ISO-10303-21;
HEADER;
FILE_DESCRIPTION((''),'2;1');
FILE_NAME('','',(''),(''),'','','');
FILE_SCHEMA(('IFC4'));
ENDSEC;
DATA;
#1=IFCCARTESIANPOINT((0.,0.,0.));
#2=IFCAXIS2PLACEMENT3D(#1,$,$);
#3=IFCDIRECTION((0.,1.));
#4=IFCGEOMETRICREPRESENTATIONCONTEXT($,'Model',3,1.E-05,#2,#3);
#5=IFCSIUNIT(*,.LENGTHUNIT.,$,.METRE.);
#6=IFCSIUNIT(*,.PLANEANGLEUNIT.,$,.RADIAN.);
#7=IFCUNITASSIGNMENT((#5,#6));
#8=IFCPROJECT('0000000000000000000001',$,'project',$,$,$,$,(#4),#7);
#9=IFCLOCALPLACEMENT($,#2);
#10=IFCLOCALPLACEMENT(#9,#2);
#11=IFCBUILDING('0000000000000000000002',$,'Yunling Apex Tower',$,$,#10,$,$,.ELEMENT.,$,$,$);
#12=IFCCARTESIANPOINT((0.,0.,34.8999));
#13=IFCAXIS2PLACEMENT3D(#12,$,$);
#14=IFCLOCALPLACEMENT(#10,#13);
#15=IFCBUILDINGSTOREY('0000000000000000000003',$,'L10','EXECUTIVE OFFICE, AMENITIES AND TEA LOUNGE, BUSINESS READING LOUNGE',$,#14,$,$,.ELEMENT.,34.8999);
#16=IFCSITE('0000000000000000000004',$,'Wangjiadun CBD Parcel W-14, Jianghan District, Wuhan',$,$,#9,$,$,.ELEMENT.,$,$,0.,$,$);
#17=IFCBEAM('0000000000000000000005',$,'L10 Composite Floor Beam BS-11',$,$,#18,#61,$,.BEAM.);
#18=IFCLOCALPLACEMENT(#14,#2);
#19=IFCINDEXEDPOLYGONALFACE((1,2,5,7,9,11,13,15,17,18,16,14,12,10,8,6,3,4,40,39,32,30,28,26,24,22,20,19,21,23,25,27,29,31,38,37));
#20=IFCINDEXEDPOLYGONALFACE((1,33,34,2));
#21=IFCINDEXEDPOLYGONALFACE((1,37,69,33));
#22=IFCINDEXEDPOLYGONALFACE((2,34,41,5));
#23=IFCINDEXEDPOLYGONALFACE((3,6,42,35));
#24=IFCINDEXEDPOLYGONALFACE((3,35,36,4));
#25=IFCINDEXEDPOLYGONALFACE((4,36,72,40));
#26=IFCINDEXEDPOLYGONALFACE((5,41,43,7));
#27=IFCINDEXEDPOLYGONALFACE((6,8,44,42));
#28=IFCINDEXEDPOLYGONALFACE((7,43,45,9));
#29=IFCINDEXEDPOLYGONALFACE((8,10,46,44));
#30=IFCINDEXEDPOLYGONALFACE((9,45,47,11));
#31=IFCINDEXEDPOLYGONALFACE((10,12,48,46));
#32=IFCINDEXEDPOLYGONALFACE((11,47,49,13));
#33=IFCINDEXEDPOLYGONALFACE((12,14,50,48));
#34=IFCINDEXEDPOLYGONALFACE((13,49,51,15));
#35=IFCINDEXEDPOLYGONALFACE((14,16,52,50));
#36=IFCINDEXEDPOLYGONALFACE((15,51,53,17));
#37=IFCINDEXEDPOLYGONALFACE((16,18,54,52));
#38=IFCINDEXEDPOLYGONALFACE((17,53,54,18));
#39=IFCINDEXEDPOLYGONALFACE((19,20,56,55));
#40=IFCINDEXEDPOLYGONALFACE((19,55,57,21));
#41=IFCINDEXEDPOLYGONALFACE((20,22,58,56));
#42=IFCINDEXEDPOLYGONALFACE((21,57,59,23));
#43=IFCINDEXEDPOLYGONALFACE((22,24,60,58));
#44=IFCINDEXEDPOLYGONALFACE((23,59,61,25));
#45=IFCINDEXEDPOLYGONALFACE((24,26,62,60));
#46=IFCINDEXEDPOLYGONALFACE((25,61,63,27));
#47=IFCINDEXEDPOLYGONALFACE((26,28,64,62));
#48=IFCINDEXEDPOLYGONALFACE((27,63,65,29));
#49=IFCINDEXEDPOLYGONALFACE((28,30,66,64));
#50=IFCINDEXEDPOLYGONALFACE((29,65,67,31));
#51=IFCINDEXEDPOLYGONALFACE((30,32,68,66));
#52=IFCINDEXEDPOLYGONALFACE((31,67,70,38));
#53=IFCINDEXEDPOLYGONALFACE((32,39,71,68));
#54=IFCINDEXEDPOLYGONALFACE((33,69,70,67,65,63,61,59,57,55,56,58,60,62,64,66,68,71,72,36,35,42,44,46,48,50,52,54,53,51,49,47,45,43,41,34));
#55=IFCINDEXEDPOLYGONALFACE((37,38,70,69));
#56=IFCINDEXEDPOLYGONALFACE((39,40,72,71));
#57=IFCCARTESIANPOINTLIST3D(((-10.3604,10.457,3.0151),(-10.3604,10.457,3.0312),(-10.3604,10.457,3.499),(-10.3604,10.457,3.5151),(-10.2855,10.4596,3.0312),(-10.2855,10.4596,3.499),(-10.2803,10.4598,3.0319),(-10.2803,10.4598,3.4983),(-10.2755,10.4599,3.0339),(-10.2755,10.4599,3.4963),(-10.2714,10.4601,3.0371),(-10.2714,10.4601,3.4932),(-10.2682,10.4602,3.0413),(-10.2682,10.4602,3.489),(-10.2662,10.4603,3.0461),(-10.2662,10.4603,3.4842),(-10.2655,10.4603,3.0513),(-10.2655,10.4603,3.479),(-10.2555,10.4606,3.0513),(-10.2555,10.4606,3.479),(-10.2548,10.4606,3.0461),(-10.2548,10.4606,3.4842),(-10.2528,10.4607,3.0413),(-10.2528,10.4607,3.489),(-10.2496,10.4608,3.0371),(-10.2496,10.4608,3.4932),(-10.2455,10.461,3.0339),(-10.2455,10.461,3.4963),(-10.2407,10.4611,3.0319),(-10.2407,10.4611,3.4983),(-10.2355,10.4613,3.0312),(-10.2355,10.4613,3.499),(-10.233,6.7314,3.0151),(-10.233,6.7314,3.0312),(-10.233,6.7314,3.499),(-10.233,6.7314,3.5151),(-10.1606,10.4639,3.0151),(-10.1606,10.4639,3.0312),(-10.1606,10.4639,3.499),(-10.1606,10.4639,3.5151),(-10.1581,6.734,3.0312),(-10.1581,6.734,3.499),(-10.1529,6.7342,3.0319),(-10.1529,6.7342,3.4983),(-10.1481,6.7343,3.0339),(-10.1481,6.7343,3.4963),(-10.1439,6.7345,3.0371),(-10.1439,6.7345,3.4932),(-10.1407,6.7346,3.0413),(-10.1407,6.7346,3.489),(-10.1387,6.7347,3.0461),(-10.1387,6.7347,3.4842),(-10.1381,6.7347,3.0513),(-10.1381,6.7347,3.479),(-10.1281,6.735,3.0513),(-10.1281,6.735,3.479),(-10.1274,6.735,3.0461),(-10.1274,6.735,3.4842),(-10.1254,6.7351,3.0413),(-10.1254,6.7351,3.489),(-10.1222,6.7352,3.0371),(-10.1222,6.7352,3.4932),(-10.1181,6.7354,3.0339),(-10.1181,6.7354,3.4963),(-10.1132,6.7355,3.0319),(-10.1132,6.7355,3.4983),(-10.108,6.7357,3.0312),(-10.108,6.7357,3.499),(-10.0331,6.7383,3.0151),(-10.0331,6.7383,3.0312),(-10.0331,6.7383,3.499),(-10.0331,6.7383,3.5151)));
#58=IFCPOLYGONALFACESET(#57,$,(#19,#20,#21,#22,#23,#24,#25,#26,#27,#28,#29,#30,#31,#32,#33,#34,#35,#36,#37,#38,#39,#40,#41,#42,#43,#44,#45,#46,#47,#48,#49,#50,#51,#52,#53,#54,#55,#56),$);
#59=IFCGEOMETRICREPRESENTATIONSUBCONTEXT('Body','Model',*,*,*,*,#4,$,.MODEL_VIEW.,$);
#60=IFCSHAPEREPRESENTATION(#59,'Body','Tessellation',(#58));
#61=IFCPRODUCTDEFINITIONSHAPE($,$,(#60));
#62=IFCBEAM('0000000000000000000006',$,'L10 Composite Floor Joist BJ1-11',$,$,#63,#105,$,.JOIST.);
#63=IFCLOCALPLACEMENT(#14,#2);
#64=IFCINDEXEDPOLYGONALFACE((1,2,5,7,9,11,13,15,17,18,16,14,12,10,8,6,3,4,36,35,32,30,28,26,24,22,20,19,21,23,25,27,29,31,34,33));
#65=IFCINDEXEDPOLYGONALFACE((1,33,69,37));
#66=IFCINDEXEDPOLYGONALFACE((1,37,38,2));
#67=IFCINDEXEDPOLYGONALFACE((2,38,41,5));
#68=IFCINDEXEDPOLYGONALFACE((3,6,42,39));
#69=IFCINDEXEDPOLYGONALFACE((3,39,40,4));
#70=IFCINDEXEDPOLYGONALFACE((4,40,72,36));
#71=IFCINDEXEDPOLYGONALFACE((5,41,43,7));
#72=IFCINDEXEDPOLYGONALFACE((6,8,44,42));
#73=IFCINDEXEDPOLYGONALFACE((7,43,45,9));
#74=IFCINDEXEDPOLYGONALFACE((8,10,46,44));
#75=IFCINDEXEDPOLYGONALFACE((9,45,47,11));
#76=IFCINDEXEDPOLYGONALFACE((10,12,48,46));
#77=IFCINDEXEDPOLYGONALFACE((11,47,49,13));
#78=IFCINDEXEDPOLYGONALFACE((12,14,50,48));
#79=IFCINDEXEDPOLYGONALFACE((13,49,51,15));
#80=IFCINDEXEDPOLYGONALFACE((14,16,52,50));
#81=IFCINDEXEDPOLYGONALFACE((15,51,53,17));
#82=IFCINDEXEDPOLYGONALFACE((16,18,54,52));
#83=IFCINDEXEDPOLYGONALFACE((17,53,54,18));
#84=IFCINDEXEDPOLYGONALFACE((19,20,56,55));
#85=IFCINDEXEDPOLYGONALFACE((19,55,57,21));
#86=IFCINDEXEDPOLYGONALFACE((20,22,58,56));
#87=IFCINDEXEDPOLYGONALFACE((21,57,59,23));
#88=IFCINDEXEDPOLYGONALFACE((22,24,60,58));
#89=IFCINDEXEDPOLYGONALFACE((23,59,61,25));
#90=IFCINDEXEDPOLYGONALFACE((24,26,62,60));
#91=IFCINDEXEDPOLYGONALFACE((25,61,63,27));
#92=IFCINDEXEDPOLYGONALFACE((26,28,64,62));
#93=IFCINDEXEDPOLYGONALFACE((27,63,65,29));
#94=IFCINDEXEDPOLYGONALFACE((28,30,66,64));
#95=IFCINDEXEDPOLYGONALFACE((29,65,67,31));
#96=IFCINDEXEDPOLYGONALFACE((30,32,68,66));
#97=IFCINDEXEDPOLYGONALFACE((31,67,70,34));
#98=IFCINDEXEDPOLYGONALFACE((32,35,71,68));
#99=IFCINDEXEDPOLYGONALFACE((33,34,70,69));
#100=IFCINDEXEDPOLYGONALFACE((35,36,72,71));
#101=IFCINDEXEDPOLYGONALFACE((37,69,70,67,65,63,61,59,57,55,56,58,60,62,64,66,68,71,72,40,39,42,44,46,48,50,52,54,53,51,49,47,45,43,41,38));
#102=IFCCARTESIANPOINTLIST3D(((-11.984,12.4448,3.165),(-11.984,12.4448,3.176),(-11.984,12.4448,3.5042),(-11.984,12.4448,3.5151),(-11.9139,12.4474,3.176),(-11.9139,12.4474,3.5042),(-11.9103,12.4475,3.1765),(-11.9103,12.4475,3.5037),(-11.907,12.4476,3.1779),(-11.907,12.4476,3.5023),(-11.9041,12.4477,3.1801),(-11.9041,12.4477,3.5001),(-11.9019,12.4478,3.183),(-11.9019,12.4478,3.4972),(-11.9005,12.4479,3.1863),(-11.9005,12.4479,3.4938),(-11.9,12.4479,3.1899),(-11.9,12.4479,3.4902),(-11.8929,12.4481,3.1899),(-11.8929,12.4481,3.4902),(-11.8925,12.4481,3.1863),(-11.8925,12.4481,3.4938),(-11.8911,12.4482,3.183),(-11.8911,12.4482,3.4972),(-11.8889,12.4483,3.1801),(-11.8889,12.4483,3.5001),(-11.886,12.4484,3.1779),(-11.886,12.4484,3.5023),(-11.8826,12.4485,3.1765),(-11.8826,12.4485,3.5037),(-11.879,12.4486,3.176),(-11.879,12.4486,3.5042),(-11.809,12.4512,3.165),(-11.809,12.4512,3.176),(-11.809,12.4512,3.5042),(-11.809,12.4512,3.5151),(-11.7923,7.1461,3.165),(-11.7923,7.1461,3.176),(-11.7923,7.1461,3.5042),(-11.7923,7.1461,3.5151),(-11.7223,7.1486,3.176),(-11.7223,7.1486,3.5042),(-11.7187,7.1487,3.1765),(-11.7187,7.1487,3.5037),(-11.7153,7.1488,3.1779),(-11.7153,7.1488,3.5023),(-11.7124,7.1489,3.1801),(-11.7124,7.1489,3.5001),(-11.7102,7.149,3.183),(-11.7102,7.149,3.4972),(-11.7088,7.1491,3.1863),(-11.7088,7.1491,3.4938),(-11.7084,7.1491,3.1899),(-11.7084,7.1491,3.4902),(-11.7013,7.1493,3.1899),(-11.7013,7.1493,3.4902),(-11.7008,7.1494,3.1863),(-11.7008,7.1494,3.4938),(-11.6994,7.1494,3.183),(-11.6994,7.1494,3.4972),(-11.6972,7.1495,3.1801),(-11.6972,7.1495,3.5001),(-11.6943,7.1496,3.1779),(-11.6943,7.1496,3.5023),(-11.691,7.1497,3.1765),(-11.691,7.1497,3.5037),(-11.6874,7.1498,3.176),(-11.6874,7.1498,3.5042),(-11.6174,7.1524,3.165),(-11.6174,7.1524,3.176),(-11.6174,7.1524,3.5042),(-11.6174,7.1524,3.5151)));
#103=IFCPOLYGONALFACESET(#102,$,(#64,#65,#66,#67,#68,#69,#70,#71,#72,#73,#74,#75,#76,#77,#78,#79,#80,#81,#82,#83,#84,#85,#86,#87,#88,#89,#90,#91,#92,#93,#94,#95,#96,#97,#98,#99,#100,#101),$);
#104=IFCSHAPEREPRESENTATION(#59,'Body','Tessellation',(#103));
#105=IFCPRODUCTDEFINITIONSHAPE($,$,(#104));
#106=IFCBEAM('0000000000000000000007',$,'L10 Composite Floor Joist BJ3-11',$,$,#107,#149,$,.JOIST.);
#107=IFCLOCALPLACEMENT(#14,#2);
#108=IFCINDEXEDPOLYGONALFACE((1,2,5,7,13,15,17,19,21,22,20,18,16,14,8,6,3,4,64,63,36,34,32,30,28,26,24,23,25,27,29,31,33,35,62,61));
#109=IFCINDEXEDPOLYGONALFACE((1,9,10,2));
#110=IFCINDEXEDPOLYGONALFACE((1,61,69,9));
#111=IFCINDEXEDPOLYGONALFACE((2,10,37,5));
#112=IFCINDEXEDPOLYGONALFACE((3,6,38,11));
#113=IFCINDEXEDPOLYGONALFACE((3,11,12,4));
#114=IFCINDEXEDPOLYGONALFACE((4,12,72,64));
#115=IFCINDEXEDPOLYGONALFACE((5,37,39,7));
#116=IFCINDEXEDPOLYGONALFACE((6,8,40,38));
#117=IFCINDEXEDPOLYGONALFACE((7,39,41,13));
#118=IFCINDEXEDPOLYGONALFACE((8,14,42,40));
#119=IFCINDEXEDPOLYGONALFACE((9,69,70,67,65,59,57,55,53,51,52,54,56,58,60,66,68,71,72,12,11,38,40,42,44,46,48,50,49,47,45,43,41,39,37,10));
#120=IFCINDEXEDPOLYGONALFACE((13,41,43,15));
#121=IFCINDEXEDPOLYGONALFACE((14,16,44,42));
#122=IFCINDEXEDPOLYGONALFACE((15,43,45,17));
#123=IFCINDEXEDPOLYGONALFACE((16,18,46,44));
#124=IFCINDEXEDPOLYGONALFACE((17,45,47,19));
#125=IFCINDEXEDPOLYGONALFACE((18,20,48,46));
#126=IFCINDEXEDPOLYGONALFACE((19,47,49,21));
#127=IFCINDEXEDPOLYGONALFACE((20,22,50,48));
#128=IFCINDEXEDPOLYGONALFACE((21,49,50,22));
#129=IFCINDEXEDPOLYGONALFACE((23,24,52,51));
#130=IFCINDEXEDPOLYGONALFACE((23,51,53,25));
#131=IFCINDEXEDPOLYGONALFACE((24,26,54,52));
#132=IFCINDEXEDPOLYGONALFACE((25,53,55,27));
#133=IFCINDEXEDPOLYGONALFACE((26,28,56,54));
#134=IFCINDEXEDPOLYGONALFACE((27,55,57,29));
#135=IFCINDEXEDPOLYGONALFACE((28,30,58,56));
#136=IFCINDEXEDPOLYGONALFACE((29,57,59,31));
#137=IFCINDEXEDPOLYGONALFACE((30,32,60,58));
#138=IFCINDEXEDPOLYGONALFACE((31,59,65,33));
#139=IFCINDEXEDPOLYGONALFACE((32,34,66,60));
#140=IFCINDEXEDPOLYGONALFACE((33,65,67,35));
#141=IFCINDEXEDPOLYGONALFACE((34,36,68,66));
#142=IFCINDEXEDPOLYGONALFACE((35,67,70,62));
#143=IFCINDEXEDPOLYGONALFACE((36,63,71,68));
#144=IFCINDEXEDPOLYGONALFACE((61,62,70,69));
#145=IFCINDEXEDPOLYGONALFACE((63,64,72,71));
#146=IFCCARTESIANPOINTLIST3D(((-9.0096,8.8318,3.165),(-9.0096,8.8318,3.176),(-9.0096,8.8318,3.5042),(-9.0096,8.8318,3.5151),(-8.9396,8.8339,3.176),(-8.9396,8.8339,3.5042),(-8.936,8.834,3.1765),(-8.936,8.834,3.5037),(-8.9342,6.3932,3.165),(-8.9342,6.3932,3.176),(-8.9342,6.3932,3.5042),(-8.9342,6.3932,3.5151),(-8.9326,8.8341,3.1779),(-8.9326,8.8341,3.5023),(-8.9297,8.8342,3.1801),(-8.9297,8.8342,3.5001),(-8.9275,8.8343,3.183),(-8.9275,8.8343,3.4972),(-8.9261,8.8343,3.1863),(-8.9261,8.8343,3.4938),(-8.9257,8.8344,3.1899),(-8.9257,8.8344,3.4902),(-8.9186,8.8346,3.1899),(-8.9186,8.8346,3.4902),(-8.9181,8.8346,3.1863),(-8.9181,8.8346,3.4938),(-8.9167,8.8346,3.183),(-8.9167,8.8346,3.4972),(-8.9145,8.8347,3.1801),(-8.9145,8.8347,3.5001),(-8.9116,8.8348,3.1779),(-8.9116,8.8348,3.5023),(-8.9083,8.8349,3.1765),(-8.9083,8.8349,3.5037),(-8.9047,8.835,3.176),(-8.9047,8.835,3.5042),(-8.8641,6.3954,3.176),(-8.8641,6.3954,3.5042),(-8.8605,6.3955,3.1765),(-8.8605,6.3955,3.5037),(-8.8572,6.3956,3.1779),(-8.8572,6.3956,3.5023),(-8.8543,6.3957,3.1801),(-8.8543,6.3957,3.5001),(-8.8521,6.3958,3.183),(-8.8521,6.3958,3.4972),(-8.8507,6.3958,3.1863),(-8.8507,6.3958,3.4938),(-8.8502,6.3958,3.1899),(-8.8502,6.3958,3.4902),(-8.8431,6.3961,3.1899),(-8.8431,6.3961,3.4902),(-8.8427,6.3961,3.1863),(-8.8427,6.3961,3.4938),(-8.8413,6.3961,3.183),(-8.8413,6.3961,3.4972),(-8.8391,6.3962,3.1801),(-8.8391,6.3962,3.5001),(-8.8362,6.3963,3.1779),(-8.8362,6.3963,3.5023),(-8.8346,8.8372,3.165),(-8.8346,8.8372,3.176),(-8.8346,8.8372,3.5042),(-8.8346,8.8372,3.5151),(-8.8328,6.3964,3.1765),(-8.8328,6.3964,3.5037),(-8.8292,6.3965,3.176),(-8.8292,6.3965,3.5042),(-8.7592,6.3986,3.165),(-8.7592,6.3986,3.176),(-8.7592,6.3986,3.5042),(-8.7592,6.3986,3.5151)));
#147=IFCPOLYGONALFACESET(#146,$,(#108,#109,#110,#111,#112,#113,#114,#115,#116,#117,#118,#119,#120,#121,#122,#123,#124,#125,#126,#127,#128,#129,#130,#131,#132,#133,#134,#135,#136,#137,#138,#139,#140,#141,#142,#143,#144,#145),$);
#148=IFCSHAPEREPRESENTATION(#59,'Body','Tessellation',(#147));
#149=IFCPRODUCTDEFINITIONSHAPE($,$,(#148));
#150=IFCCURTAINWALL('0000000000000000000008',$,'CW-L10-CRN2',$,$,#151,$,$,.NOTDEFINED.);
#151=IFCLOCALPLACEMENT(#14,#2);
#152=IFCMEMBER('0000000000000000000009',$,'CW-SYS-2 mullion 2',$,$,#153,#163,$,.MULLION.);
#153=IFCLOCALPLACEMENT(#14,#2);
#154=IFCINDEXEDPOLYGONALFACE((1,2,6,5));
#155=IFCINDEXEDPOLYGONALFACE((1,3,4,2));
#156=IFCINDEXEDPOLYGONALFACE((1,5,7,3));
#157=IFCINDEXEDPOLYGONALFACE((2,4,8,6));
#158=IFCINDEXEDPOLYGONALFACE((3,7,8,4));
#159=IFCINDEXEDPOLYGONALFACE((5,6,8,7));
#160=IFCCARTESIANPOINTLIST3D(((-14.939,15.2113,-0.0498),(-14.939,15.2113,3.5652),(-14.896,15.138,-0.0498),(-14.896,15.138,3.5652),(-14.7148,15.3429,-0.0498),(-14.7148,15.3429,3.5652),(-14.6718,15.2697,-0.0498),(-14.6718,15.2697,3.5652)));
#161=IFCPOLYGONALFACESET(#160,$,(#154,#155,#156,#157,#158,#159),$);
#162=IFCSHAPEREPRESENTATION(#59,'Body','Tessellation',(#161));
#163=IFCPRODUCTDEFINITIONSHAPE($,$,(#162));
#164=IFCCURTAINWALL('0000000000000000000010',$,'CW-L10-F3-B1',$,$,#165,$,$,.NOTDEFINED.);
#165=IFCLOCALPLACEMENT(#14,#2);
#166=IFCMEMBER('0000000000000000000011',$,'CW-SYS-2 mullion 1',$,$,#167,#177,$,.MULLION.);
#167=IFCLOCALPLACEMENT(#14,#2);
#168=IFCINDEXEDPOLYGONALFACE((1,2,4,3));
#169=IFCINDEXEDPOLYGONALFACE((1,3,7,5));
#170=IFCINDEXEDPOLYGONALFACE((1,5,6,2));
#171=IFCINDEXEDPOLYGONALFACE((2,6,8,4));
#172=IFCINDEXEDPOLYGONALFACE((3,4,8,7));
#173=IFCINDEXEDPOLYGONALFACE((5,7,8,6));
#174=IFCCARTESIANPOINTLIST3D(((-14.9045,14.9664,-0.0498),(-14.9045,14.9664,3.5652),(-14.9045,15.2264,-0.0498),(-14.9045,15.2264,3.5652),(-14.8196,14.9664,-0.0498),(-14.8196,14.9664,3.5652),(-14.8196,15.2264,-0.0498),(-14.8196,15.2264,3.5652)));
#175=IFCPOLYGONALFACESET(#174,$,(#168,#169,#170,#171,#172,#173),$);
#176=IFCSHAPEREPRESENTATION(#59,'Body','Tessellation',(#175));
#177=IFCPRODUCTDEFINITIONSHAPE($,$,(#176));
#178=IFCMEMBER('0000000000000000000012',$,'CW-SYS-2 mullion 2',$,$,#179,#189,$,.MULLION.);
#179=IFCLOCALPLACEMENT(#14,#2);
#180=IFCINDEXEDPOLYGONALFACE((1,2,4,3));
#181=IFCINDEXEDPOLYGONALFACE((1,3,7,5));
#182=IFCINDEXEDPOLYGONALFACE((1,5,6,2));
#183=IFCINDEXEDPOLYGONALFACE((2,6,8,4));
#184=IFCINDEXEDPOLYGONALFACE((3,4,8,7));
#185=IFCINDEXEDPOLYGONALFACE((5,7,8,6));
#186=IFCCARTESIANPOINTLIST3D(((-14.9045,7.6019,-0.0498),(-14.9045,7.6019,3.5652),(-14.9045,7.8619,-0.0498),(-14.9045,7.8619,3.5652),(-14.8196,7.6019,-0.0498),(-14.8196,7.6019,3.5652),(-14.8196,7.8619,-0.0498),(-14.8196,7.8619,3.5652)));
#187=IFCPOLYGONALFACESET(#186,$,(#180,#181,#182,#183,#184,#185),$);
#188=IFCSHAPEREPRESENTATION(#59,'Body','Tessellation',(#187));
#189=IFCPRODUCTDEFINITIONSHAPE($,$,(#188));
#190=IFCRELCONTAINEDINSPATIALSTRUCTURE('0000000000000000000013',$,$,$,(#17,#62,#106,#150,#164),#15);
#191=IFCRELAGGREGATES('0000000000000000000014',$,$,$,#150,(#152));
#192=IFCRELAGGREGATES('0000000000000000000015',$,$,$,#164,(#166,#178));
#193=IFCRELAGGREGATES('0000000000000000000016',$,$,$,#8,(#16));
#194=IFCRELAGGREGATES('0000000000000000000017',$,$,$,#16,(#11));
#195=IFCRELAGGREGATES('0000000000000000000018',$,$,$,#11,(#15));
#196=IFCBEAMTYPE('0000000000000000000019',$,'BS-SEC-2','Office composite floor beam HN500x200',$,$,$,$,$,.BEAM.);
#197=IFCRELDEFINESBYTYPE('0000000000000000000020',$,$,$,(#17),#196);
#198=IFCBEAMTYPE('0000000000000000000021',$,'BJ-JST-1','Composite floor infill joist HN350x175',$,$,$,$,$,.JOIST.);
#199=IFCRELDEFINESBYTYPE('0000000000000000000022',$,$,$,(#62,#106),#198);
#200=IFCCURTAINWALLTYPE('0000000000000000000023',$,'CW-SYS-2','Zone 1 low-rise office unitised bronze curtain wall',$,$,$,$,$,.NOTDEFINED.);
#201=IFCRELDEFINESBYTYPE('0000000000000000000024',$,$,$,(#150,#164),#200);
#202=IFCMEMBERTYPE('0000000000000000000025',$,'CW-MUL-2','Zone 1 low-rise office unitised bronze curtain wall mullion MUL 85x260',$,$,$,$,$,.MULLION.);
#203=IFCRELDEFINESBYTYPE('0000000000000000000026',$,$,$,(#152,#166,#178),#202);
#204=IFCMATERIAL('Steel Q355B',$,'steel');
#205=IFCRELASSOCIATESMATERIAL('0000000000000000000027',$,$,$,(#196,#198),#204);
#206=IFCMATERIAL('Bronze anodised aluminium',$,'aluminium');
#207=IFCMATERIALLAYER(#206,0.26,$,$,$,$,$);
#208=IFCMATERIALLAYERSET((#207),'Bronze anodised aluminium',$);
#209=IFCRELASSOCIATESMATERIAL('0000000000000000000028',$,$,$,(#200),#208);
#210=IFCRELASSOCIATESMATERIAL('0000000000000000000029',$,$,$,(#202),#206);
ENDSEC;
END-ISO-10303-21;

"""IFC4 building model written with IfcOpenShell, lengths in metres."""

from ifc_helpers import new_model, si_unit, direction, frame, origin, origin_2d, place, context, subcontext, project, spatial, rectangle, i_section, extrude, source, transform, mapped, material, layer, layer_set, material_profile, profile_set, type_object, element, aggregate, save


model = new_model("IFC4")

# Units and contexts
model_context = context("Model", 3, precision=1e-05, world=origin(), true_north=direction((0.0, 1.0)))
body_context = subcontext(model_context, "Body", "Model", "MODEL_VIEW")
ifc_project = project(units=[si_unit("LENGTHUNIT", "METRE"), si_unit("PLANEANGLEUNIT", "RADIAN")], contexts=[model_context])

# Site, building, storey
site_placement = place(None, origin())
site = spatial("IfcSite", under=ifc_project, at=site_placement, Name="Wangjiadun CBD Parcel W-14, Jianghan District, Wuhan", CompositionType="ELEMENT", RefElevation=0.0)
building_placement = place(site_placement, origin())
building = spatial("IfcBuilding", under=site, at=building_placement, Name="Yunling Apex Tower", CompositionType="ELEMENT")
storey_placement = place(building_placement, frame((0.0, 0.0, 34.8999)))
storey = spatial("IfcBuildingStorey", under=building, at=storey_placement, Name="L10", Description="EXECUTIVE OFFICE, AMENITIES AND TEA LOUNGE, BUSINESS READING LOUNGE", CompositionType="ELEMENT", Elevation=34.8999)

# Beams
ifc_material_1 = material(Name="Steel Q355B", Category="steel")
ifc_material_profile_1 = material_profile(ifc_material_1, i_section(OverallWidth=0.2, OverallDepth=0.5, WebThickness=0.01, FlangeThickness=0.0161, FilletRadius=0.02, at=origin_2d()))
ifc_profile_set_1 = profile_set([ifc_material_profile_1], Name="Steel Q355B")
beam_type_1 = type_object("IfcBeamType", Name="BS-SEC-2", Description="Office composite floor beam HN500x200", PredefinedType="BEAM", material=ifc_profile_set_1)
shared_shape_1 = source(origin(), body_context, "Body", "SweptSolid", [
    extrude(i_section(OverallWidth=0.2, OverallDepth=0.5, WebThickness=0.01, FlangeThickness=0.0161, FilletRadius=0.02, at=origin_2d()), origin(), (0.0, 0.0, 1.0), 3.7278),
])
beam_1_placement = place(storey_placement, frame((-10.2605, 10.4604, 3.2651), z_axis=(0.034187, -0.999415, 0.0), x_axis=(0.999415, 0.034187, 0.0)))
element("IfcBeam", 1, at=beam_1_placement, inside=storey, type_object=beam_type_1, Name="L10 Composite Floor Beam BS-11", PredefinedType="BEAM", context=body_context, shape_type="MappedRepresentation", body=[
    mapped(shared_shape_1, transform((0.0, 0.0, 0.0), scale=1.0)),
])
ifc_material_profile_2 = material_profile(ifc_material_1, i_section(OverallWidth=0.175, OverallDepth=0.3501, WebThickness=0.0071, FlangeThickness=0.011, FilletRadius=0.0139, at=origin_2d()))
ifc_profile_set_2 = profile_set([ifc_material_profile_2], Name="Steel Q355B")
beam_type_2 = type_object("IfcBeamType", Name="BJ-JST-1", Description="Composite floor infill joist HN350x175", PredefinedType="JOIST", material=ifc_profile_set_2)
shared_shape_2 = source(origin(), body_context, "Body", "SweptSolid", [
    extrude(i_section(OverallWidth=0.175, OverallDepth=0.3501, WebThickness=0.0071, FlangeThickness=0.011, FilletRadius=0.0139, at=origin_2d()), origin(), (0.0, 0.0, 1.0), 5.3022),
])
beam_2_placement = place(storey_placement, frame((-11.8965, 12.448, 3.3401), z_axis=(0.036145, -0.999347, 0.0), x_axis=(0.999347, 0.036145, 0.0)))
element("IfcBeam", 2, at=beam_2_placement, inside=storey, type_object=beam_type_2, Name="L10 Composite Floor Joist BJ1-11", PredefinedType="JOIST", context=body_context, shape_type="MappedRepresentation", body=[
    mapped(shared_shape_2, transform((0.0, 0.0, 0.0), scale=1.0)),
])
shared_shape_3 = source(origin(), body_context, "Body", "SweptSolid", [
    extrude(i_section(OverallWidth=0.175, OverallDepth=0.3501, WebThickness=0.0071, FlangeThickness=0.011, FilletRadius=0.0139, at=origin_2d()), origin(), (0.0, 0.0, 1.0), 2.4397),
])
beam_3_placement = place(storey_placement, frame((-8.9221, 8.8345, 3.3401), z_axis=(0.030922, -0.999522, 0.0), x_axis=(0.999522, 0.030922, 0.0)))
element("IfcBeam", 3, at=beam_3_placement, inside=storey, type_object=beam_type_2, Name="L10 Composite Floor Joist BJ3-11", PredefinedType="JOIST", context=body_context, shape_type="MappedRepresentation", body=[
    mapped(shared_shape_3, transform((0.0, 0.0, 0.0), scale=1.0)),
])

# Curtain wall, member
ifc_material_2 = material(Name="Bronze anodised aluminium", Category="aluminium")
ifc_layer_1 = layer(ifc_material_2, 0.26)
ifc_layer_set_1 = layer_set([ifc_layer_1], Name="Bronze anodised aluminium")
curtain_wall_type = type_object("IfcCurtainWallType", Name="CW-SYS-2", Description="Zone 1 low-rise office unitised bronze curtain wall", PredefinedType="NOTDEFINED", material=ifc_layer_set_1)
curtain_wall_1_placement = place(storey_placement, origin())
curtain_wall_1 = element("IfcCurtainWall", 4, at=curtain_wall_1_placement, inside=storey, type_object=curtain_wall_type, Name="CW-L10-CRN2", PredefinedType="NOTDEFINED")
ifc_material_profile_3 = material_profile(ifc_material_2, rectangle(XDim=0.085, YDim=0.26, at=origin_2d()))
ifc_profile_set_3 = profile_set([ifc_material_profile_3], Name="Bronze anodised aluminium")
member_type_1 = type_object("IfcMemberType", Name="CW-MUL-2", Description="Zone 1 low-rise office unitised bronze curtain wall mullion MUL 85x260", PredefinedType="MULLION", material=ifc_profile_set_3)
shared_shape_4 = source(origin(), body_context, "Body", "SweptSolid", [
    extrude(rectangle(XDim=0.085, YDim=0.26, at=origin_2d()), origin(), (0.0, 0.0, 1.0), 3.615),
])
member_1_placement = place(storey_placement, frame((-14.8054, 15.2405, -0.0498), z_axis=(0.0, 0.0, 1.0), x_axis=(0.506196, -0.862419, 0.0)))
member_1 = element("IfcMember", 5, at=member_1_placement, type_object=member_type_1, Name="CW-SYS-2 mullion 2", PredefinedType="MULLION", context=body_context, shape_type="MappedRepresentation", body=[
    mapped(shared_shape_4, transform((0.0, 0.0, 0.0), scale=1.0)),
])

# Curtain wall, members
curtain_wall_2_placement = place(storey_placement, origin())
curtain_wall_2 = element("IfcCurtainWall", 6, at=curtain_wall_2_placement, inside=storey, type_object=curtain_wall_type, Name="CW-L10-F3-B1", PredefinedType="NOTDEFINED")
member_2_placement = place(storey_placement, frame((-14.8621, 15.0964, -0.0498), z_axis=(0.0, 0.0, 1.0), x_axis=(1.0, 0.0, 0.0)))
member_2 = element("IfcMember", 7, at=member_2_placement, type_object=member_type_1, Name="CW-SYS-2 mullion 1", PredefinedType="MULLION", context=body_context, shape_type="MappedRepresentation", body=[
    mapped(shared_shape_4, transform((0.0, 0.0, 0.0), scale=1.0)),
])
member_3_placement = place(storey_placement, frame((-14.8621, 7.7319, -0.0498), z_axis=(0.0, 0.0, 1.0), x_axis=(1.0, 0.0, 0.0)))
member_3 = element("IfcMember", 8, at=member_3_placement, type_object=member_type_1, Name="CW-SYS-2 mullion 2", PredefinedType="MULLION", context=body_context, shape_type="MappedRepresentation", body=[
    mapped(shared_shape_4, transform((0.0, 0.0, 0.0), scale=1.0)),
])

aggregate(curtain_wall_1, [member_1])
aggregate(curtain_wall_2, [member_2, member_3])

save(model, "model.ifc")
